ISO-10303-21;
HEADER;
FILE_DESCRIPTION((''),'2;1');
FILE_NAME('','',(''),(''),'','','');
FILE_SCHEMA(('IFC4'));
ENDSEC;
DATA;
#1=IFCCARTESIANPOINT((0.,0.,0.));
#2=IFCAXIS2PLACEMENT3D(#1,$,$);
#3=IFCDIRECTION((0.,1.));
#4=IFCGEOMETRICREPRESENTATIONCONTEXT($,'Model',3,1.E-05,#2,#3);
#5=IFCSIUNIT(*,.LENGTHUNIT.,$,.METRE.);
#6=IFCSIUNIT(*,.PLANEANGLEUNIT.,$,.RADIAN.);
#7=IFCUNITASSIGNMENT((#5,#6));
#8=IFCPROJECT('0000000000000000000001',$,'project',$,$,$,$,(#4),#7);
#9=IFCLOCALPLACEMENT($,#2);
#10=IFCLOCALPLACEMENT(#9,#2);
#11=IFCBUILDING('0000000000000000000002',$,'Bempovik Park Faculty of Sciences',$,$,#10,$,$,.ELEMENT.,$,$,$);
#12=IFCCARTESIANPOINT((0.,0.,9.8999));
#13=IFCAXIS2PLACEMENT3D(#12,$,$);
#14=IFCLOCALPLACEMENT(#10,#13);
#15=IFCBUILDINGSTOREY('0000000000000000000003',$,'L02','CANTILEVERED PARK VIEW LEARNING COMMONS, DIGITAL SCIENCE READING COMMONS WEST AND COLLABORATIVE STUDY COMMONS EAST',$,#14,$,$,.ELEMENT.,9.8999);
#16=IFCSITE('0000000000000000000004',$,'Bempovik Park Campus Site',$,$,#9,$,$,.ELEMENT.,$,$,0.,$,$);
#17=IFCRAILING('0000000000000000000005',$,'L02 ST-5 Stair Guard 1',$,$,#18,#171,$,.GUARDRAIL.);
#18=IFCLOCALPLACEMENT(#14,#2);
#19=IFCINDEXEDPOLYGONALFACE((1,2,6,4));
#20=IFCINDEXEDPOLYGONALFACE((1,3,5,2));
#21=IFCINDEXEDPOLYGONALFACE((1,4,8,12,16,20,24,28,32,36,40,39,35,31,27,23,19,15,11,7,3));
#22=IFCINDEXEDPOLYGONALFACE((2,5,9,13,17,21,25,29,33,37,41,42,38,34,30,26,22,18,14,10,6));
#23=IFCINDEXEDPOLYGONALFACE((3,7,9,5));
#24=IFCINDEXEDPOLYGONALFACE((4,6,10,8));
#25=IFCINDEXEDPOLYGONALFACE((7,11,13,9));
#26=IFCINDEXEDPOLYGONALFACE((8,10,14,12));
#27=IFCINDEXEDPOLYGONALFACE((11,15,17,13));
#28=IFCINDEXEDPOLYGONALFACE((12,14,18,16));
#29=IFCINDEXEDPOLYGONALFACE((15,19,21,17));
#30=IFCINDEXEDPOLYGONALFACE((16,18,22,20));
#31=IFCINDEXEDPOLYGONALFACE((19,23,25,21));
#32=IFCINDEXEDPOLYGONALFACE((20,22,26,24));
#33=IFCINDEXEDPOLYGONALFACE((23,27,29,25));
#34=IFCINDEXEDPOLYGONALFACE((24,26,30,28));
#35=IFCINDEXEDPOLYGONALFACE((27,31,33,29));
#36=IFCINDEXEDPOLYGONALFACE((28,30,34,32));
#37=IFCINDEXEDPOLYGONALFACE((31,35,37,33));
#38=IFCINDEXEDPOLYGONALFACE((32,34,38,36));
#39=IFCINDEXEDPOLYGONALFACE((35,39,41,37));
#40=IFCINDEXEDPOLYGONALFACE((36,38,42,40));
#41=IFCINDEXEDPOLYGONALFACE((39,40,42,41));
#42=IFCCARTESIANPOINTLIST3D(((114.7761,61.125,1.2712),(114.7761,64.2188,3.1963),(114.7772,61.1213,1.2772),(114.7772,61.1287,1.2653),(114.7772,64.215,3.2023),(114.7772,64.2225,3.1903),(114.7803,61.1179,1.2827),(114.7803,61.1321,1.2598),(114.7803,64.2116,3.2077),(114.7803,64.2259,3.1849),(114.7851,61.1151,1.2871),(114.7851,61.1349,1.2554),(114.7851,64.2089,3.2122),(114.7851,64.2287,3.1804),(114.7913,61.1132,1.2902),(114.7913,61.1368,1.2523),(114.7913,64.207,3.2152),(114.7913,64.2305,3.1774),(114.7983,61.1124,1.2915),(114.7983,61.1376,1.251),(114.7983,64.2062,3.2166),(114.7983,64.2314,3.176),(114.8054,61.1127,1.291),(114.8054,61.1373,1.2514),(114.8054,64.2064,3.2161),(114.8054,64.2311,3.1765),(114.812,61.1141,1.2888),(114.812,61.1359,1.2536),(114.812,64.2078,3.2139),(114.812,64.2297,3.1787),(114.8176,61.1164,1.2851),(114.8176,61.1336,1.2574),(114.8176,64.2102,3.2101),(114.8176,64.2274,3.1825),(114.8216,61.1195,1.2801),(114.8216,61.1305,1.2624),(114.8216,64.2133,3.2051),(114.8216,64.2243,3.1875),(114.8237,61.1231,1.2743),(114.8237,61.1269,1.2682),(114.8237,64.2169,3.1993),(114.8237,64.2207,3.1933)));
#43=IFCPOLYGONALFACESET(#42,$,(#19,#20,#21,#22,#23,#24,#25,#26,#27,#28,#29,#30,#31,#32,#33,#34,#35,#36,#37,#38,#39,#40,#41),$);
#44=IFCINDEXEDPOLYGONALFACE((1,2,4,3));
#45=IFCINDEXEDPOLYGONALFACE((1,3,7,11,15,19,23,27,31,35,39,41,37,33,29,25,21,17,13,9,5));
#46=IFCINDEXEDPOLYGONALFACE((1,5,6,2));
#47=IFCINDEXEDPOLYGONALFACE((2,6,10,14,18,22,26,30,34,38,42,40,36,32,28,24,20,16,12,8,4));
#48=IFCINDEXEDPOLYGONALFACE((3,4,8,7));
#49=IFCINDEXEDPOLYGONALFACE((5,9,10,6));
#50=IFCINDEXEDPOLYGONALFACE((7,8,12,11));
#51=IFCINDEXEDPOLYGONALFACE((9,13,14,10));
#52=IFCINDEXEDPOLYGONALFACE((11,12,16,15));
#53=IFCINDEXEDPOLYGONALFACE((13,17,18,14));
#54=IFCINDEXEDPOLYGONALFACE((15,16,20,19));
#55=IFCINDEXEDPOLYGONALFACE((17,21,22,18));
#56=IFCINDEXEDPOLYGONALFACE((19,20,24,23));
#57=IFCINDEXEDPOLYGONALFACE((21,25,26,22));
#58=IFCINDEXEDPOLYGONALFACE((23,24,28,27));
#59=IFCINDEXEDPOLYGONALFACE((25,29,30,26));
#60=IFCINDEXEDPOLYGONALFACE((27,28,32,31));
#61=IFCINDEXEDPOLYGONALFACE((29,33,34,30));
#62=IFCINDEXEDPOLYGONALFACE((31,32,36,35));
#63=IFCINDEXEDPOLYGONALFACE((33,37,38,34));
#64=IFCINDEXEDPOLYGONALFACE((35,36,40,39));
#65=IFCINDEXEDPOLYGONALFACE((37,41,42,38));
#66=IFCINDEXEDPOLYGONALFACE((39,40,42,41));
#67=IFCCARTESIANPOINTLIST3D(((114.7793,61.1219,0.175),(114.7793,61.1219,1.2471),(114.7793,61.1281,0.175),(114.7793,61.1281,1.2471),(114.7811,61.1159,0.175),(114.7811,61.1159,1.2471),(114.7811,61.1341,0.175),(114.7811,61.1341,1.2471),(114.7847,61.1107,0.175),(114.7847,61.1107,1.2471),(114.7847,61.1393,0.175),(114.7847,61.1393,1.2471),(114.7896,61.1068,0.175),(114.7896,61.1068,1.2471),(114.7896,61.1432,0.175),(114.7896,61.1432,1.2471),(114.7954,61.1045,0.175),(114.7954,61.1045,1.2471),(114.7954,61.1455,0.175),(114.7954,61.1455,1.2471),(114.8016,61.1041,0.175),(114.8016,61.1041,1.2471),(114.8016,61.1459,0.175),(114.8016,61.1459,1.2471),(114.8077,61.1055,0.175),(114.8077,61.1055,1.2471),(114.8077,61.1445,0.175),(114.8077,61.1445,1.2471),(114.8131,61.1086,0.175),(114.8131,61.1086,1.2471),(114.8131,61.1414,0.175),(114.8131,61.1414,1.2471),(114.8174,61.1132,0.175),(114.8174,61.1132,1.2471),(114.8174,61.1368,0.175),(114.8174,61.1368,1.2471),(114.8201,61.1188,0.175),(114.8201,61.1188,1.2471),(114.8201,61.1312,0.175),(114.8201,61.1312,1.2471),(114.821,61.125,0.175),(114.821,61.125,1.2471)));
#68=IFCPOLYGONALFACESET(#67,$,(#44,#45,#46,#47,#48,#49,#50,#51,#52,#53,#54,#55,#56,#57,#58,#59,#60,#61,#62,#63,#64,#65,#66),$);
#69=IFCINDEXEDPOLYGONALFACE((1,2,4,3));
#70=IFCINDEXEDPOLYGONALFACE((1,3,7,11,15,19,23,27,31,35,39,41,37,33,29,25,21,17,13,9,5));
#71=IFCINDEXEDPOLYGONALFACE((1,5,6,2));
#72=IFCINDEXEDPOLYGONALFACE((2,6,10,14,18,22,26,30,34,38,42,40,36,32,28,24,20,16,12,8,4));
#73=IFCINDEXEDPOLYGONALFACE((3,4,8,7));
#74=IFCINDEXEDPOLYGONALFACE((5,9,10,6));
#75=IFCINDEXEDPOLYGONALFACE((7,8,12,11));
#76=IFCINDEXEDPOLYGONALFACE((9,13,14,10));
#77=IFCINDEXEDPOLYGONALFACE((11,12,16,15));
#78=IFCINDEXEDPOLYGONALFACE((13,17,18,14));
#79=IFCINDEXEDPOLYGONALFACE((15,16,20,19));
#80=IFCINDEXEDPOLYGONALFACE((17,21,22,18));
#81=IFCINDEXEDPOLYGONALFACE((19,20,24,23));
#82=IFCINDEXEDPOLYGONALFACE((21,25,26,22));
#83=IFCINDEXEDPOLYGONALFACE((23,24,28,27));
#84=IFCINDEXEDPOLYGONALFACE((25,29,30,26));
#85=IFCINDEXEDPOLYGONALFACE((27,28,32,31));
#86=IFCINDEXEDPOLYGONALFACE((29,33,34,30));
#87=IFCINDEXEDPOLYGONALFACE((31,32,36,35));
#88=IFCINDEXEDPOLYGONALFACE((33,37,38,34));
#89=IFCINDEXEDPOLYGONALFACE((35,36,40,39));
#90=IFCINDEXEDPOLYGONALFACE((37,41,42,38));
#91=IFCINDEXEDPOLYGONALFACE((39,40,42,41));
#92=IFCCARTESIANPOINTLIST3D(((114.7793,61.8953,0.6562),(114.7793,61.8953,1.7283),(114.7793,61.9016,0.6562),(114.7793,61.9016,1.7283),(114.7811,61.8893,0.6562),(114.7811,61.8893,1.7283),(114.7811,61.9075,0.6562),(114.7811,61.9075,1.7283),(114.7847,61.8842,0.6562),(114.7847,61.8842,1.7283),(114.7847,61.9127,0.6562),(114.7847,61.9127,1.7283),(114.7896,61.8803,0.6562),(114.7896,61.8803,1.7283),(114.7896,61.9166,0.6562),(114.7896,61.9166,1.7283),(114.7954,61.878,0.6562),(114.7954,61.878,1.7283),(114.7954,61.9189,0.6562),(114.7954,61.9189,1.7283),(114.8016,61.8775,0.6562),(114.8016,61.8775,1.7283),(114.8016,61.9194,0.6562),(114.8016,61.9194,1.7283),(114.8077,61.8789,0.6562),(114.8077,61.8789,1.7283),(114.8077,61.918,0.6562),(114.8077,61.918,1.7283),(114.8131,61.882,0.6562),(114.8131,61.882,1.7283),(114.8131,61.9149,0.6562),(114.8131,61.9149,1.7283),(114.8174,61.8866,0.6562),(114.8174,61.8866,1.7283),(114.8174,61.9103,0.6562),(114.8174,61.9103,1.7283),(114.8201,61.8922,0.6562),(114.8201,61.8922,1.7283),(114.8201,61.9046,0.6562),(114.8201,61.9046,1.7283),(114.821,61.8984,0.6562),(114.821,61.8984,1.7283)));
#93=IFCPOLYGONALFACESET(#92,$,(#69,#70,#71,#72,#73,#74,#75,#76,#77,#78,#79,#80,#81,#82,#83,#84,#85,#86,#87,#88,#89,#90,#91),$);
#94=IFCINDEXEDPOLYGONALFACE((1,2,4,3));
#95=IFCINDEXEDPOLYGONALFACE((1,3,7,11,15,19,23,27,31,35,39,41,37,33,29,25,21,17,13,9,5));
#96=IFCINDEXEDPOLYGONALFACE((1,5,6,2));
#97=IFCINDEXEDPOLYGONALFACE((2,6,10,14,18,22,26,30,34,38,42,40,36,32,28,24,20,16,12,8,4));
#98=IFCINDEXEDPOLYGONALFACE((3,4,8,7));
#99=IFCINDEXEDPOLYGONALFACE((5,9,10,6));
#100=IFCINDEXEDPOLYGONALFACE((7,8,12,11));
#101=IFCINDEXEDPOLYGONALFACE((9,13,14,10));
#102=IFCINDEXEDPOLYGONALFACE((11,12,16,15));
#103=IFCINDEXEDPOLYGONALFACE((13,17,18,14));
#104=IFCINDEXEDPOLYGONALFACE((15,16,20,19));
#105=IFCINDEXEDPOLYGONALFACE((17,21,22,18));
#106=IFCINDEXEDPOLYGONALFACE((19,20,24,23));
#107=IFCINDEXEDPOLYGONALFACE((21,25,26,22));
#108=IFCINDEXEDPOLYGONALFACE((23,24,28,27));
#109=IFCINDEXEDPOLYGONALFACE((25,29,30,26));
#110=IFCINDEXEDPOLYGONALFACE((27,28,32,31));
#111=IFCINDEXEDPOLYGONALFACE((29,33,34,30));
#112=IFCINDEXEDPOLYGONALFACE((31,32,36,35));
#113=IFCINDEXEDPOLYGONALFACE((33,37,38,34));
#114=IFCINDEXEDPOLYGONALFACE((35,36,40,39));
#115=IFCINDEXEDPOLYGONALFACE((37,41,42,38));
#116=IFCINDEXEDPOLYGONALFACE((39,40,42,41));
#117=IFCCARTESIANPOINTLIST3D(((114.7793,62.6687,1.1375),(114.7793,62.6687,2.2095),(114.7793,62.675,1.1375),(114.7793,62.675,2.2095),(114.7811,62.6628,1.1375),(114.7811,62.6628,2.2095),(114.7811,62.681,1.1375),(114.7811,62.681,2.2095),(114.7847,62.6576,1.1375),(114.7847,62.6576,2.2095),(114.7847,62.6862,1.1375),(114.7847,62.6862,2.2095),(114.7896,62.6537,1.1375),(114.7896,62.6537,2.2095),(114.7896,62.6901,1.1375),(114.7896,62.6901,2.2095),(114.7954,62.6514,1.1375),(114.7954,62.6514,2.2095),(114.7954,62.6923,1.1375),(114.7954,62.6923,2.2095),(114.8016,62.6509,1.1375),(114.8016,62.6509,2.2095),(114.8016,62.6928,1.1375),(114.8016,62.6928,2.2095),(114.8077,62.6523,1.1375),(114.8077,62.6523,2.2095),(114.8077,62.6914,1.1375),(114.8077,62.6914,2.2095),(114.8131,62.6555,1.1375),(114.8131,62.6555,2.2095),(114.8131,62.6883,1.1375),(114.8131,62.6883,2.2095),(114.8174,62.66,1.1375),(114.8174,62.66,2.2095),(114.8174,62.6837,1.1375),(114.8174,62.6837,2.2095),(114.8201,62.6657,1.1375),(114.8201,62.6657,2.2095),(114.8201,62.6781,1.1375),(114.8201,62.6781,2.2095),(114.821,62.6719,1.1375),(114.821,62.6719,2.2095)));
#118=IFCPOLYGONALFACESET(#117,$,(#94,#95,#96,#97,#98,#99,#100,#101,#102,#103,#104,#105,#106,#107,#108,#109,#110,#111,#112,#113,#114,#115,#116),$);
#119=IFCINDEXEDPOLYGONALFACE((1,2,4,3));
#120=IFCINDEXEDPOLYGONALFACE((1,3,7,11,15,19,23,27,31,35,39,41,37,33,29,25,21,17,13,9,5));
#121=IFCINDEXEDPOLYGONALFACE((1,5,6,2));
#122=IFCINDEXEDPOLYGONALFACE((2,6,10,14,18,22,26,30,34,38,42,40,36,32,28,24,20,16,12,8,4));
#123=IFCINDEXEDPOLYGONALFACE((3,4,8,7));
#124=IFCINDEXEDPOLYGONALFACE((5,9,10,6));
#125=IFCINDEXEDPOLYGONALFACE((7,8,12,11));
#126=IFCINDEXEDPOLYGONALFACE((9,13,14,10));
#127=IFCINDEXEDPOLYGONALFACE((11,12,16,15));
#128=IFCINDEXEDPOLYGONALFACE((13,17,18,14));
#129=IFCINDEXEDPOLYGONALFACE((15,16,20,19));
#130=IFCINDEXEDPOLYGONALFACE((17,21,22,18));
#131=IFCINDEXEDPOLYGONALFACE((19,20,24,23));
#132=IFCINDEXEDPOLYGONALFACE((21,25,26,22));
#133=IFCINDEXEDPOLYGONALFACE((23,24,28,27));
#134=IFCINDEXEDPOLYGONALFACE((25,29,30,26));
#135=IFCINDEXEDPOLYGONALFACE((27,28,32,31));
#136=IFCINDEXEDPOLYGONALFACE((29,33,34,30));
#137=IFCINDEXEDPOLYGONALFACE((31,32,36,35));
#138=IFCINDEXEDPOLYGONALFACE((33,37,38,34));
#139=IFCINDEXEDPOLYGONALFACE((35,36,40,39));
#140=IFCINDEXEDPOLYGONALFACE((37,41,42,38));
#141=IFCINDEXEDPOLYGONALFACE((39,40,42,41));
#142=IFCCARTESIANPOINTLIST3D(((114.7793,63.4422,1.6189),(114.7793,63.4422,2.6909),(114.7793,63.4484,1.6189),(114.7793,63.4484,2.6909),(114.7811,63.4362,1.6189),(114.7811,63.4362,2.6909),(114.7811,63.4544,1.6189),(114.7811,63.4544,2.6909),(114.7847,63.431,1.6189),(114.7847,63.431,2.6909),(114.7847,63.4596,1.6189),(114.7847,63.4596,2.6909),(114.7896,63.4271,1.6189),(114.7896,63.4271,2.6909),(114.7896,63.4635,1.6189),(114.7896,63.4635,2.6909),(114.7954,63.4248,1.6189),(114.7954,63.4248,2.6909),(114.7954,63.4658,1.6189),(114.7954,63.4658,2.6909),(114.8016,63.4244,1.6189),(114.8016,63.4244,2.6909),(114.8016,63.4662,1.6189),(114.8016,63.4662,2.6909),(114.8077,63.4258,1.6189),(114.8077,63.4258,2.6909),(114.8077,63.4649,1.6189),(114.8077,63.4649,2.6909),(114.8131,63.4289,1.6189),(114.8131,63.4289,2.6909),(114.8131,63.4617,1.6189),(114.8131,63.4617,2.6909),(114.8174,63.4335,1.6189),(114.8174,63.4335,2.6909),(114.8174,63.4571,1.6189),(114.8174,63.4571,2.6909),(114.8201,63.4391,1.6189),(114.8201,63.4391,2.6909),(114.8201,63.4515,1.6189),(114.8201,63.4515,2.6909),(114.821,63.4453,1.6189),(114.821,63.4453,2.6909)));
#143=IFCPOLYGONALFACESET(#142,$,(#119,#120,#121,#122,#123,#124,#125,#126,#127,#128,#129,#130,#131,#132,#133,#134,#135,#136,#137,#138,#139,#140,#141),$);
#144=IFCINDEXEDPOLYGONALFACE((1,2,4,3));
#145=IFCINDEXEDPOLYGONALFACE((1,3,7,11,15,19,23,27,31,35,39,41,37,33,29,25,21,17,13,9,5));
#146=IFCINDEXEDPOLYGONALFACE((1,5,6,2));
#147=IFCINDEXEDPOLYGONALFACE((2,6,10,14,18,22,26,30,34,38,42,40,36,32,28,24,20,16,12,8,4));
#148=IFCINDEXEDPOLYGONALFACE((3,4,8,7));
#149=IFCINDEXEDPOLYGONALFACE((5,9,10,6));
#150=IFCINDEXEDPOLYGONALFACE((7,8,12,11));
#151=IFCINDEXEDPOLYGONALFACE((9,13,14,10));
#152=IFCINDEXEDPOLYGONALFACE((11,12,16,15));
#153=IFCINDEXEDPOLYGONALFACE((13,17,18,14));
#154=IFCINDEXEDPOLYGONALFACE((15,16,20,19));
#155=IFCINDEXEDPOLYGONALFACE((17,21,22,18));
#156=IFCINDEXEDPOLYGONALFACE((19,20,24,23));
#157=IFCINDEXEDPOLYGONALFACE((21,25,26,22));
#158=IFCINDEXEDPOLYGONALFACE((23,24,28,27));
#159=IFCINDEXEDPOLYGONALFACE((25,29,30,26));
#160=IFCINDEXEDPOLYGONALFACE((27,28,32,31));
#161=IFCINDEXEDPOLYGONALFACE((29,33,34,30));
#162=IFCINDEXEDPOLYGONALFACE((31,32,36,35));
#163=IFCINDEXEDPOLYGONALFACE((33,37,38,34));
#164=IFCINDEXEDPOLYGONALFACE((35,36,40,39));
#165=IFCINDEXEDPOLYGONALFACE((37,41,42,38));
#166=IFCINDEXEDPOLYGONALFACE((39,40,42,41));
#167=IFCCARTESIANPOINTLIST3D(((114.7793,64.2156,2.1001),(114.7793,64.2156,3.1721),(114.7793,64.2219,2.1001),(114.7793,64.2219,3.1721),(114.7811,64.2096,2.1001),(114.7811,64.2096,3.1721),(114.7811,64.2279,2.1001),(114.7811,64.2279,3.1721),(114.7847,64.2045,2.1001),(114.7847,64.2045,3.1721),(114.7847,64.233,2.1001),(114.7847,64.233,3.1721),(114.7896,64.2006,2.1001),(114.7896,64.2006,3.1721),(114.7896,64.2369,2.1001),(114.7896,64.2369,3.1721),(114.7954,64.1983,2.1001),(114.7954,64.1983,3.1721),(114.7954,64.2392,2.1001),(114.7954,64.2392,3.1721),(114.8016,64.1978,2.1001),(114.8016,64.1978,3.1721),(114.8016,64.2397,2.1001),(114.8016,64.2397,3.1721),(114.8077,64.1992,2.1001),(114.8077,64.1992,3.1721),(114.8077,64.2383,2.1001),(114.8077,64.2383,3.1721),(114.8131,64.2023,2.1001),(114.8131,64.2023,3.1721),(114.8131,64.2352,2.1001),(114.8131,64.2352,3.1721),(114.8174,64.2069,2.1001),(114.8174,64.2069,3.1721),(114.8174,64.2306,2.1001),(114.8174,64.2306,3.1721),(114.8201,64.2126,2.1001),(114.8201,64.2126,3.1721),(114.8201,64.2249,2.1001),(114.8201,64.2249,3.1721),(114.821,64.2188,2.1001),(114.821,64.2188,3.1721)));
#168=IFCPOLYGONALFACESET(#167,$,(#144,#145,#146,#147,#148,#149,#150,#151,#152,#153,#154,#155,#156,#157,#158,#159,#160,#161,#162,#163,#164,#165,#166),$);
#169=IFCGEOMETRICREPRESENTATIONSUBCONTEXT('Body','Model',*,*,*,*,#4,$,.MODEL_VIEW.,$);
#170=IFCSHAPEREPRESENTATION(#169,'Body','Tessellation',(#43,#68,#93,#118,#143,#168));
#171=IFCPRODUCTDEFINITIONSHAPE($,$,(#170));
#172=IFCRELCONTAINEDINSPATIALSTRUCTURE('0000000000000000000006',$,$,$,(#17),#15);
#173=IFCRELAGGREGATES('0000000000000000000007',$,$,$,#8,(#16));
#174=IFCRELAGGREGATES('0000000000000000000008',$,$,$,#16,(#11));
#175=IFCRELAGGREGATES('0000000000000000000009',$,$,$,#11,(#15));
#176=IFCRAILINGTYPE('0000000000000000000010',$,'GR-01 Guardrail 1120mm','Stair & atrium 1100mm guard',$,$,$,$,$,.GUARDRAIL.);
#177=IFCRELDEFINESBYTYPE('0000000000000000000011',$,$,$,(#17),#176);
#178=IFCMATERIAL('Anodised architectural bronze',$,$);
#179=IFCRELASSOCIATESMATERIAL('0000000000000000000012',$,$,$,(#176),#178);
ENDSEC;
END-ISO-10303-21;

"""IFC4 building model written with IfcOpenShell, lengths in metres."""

from ifc_helpers import new_model, si_unit, direction, frame, origin, origin_2d, place, context, subcontext, project, spatial, circle, extrude, material, type_object, element, save


model = new_model("IFC4")

# Units and contexts
model_context = context("Model", 3, precision=1e-05, world=origin(), true_north=direction((0.0, 1.0)))
body_context = subcontext(model_context, "Body", "Model", "MODEL_VIEW")
ifc_project = project(units=[si_unit("LENGTHUNIT", "METRE"), si_unit("PLANEANGLEUNIT", "RADIAN")], contexts=[model_context])

# Site, building, storey
site_placement = place(None, origin())
site = spatial("IfcSite", under=ifc_project, at=site_placement, Name="Bempovik Park Campus Site", CompositionType="ELEMENT", RefElevation=0.0)
building_placement = place(site_placement, origin())
building = spatial("IfcBuilding", under=site, at=building_placement, Name="Bempovik Park Faculty of Sciences", CompositionType="ELEMENT")
storey_placement = place(building_placement, frame((0.0, 0.0, 9.8999)))
storey = spatial("IfcBuildingStorey", under=building, at=storey_placement, Name="L02", Description="CANTILEVERED PARK VIEW LEARNING COMMONS, DIGITAL SCIENCE READING COMMONS WEST AND COLLABORATIVE STUDY COMMONS EAST", CompositionType="ELEMENT", Elevation=9.8999)

# Railing
ifc_material_1 = material(Name="Anodised architectural bronze")
railing_type_1 = type_object("IfcRailingType", Name="GR-01 Guardrail 1120mm", Description="Stair & atrium 1100mm guard", PredefinedType="GUARDRAIL", material=ifc_material_1)
railing_1_placement = place(storey_placement, frame((114.8, 61.125, 0.175)))
element("IfcRailing", 1, at=railing_1_placement, inside=storey, type_object=railing_type_1, Name="L02 ST-5 Stair Guard 1", PredefinedType="GUARDRAIL", context=body_context, shape_type="SweptSolid", body=[
    extrude(circle(Radius=0.0239, at=origin_2d()), frame((0.0, 0.0, 1.0962), z_axis=(0.0, 0.849051, 0.528312), x_axis=(-1.0, 0.0, 0.0)), (0.0, 0.0, 1.0), 3.6438),
    extrude(circle(Radius=0.021, at=origin_2d()), origin(), (0.0, 0.0, 1.0), 1.072),
    extrude(circle(Radius=0.021, at=origin_2d()), frame((0.0, 0.7734, 0.4812)), (0.0, 0.0, 1.0), 1.072),
    extrude(circle(Radius=0.021, at=origin_2d()), frame((0.0, 1.5469, 0.9624)), (0.0, 0.0, 1.0), 1.072),
    extrude(circle(Radius=0.021, at=origin_2d()), frame((0.0, 2.3203, 1.4438)), (0.0, 0.0, 1.0), 1.072),
    extrude(circle(Radius=0.021, at=origin_2d()), frame((0.0, 3.0938, 1.925)), (0.0, 0.0, 1.0), 1.072),
])

save(model, "model.ifc")
